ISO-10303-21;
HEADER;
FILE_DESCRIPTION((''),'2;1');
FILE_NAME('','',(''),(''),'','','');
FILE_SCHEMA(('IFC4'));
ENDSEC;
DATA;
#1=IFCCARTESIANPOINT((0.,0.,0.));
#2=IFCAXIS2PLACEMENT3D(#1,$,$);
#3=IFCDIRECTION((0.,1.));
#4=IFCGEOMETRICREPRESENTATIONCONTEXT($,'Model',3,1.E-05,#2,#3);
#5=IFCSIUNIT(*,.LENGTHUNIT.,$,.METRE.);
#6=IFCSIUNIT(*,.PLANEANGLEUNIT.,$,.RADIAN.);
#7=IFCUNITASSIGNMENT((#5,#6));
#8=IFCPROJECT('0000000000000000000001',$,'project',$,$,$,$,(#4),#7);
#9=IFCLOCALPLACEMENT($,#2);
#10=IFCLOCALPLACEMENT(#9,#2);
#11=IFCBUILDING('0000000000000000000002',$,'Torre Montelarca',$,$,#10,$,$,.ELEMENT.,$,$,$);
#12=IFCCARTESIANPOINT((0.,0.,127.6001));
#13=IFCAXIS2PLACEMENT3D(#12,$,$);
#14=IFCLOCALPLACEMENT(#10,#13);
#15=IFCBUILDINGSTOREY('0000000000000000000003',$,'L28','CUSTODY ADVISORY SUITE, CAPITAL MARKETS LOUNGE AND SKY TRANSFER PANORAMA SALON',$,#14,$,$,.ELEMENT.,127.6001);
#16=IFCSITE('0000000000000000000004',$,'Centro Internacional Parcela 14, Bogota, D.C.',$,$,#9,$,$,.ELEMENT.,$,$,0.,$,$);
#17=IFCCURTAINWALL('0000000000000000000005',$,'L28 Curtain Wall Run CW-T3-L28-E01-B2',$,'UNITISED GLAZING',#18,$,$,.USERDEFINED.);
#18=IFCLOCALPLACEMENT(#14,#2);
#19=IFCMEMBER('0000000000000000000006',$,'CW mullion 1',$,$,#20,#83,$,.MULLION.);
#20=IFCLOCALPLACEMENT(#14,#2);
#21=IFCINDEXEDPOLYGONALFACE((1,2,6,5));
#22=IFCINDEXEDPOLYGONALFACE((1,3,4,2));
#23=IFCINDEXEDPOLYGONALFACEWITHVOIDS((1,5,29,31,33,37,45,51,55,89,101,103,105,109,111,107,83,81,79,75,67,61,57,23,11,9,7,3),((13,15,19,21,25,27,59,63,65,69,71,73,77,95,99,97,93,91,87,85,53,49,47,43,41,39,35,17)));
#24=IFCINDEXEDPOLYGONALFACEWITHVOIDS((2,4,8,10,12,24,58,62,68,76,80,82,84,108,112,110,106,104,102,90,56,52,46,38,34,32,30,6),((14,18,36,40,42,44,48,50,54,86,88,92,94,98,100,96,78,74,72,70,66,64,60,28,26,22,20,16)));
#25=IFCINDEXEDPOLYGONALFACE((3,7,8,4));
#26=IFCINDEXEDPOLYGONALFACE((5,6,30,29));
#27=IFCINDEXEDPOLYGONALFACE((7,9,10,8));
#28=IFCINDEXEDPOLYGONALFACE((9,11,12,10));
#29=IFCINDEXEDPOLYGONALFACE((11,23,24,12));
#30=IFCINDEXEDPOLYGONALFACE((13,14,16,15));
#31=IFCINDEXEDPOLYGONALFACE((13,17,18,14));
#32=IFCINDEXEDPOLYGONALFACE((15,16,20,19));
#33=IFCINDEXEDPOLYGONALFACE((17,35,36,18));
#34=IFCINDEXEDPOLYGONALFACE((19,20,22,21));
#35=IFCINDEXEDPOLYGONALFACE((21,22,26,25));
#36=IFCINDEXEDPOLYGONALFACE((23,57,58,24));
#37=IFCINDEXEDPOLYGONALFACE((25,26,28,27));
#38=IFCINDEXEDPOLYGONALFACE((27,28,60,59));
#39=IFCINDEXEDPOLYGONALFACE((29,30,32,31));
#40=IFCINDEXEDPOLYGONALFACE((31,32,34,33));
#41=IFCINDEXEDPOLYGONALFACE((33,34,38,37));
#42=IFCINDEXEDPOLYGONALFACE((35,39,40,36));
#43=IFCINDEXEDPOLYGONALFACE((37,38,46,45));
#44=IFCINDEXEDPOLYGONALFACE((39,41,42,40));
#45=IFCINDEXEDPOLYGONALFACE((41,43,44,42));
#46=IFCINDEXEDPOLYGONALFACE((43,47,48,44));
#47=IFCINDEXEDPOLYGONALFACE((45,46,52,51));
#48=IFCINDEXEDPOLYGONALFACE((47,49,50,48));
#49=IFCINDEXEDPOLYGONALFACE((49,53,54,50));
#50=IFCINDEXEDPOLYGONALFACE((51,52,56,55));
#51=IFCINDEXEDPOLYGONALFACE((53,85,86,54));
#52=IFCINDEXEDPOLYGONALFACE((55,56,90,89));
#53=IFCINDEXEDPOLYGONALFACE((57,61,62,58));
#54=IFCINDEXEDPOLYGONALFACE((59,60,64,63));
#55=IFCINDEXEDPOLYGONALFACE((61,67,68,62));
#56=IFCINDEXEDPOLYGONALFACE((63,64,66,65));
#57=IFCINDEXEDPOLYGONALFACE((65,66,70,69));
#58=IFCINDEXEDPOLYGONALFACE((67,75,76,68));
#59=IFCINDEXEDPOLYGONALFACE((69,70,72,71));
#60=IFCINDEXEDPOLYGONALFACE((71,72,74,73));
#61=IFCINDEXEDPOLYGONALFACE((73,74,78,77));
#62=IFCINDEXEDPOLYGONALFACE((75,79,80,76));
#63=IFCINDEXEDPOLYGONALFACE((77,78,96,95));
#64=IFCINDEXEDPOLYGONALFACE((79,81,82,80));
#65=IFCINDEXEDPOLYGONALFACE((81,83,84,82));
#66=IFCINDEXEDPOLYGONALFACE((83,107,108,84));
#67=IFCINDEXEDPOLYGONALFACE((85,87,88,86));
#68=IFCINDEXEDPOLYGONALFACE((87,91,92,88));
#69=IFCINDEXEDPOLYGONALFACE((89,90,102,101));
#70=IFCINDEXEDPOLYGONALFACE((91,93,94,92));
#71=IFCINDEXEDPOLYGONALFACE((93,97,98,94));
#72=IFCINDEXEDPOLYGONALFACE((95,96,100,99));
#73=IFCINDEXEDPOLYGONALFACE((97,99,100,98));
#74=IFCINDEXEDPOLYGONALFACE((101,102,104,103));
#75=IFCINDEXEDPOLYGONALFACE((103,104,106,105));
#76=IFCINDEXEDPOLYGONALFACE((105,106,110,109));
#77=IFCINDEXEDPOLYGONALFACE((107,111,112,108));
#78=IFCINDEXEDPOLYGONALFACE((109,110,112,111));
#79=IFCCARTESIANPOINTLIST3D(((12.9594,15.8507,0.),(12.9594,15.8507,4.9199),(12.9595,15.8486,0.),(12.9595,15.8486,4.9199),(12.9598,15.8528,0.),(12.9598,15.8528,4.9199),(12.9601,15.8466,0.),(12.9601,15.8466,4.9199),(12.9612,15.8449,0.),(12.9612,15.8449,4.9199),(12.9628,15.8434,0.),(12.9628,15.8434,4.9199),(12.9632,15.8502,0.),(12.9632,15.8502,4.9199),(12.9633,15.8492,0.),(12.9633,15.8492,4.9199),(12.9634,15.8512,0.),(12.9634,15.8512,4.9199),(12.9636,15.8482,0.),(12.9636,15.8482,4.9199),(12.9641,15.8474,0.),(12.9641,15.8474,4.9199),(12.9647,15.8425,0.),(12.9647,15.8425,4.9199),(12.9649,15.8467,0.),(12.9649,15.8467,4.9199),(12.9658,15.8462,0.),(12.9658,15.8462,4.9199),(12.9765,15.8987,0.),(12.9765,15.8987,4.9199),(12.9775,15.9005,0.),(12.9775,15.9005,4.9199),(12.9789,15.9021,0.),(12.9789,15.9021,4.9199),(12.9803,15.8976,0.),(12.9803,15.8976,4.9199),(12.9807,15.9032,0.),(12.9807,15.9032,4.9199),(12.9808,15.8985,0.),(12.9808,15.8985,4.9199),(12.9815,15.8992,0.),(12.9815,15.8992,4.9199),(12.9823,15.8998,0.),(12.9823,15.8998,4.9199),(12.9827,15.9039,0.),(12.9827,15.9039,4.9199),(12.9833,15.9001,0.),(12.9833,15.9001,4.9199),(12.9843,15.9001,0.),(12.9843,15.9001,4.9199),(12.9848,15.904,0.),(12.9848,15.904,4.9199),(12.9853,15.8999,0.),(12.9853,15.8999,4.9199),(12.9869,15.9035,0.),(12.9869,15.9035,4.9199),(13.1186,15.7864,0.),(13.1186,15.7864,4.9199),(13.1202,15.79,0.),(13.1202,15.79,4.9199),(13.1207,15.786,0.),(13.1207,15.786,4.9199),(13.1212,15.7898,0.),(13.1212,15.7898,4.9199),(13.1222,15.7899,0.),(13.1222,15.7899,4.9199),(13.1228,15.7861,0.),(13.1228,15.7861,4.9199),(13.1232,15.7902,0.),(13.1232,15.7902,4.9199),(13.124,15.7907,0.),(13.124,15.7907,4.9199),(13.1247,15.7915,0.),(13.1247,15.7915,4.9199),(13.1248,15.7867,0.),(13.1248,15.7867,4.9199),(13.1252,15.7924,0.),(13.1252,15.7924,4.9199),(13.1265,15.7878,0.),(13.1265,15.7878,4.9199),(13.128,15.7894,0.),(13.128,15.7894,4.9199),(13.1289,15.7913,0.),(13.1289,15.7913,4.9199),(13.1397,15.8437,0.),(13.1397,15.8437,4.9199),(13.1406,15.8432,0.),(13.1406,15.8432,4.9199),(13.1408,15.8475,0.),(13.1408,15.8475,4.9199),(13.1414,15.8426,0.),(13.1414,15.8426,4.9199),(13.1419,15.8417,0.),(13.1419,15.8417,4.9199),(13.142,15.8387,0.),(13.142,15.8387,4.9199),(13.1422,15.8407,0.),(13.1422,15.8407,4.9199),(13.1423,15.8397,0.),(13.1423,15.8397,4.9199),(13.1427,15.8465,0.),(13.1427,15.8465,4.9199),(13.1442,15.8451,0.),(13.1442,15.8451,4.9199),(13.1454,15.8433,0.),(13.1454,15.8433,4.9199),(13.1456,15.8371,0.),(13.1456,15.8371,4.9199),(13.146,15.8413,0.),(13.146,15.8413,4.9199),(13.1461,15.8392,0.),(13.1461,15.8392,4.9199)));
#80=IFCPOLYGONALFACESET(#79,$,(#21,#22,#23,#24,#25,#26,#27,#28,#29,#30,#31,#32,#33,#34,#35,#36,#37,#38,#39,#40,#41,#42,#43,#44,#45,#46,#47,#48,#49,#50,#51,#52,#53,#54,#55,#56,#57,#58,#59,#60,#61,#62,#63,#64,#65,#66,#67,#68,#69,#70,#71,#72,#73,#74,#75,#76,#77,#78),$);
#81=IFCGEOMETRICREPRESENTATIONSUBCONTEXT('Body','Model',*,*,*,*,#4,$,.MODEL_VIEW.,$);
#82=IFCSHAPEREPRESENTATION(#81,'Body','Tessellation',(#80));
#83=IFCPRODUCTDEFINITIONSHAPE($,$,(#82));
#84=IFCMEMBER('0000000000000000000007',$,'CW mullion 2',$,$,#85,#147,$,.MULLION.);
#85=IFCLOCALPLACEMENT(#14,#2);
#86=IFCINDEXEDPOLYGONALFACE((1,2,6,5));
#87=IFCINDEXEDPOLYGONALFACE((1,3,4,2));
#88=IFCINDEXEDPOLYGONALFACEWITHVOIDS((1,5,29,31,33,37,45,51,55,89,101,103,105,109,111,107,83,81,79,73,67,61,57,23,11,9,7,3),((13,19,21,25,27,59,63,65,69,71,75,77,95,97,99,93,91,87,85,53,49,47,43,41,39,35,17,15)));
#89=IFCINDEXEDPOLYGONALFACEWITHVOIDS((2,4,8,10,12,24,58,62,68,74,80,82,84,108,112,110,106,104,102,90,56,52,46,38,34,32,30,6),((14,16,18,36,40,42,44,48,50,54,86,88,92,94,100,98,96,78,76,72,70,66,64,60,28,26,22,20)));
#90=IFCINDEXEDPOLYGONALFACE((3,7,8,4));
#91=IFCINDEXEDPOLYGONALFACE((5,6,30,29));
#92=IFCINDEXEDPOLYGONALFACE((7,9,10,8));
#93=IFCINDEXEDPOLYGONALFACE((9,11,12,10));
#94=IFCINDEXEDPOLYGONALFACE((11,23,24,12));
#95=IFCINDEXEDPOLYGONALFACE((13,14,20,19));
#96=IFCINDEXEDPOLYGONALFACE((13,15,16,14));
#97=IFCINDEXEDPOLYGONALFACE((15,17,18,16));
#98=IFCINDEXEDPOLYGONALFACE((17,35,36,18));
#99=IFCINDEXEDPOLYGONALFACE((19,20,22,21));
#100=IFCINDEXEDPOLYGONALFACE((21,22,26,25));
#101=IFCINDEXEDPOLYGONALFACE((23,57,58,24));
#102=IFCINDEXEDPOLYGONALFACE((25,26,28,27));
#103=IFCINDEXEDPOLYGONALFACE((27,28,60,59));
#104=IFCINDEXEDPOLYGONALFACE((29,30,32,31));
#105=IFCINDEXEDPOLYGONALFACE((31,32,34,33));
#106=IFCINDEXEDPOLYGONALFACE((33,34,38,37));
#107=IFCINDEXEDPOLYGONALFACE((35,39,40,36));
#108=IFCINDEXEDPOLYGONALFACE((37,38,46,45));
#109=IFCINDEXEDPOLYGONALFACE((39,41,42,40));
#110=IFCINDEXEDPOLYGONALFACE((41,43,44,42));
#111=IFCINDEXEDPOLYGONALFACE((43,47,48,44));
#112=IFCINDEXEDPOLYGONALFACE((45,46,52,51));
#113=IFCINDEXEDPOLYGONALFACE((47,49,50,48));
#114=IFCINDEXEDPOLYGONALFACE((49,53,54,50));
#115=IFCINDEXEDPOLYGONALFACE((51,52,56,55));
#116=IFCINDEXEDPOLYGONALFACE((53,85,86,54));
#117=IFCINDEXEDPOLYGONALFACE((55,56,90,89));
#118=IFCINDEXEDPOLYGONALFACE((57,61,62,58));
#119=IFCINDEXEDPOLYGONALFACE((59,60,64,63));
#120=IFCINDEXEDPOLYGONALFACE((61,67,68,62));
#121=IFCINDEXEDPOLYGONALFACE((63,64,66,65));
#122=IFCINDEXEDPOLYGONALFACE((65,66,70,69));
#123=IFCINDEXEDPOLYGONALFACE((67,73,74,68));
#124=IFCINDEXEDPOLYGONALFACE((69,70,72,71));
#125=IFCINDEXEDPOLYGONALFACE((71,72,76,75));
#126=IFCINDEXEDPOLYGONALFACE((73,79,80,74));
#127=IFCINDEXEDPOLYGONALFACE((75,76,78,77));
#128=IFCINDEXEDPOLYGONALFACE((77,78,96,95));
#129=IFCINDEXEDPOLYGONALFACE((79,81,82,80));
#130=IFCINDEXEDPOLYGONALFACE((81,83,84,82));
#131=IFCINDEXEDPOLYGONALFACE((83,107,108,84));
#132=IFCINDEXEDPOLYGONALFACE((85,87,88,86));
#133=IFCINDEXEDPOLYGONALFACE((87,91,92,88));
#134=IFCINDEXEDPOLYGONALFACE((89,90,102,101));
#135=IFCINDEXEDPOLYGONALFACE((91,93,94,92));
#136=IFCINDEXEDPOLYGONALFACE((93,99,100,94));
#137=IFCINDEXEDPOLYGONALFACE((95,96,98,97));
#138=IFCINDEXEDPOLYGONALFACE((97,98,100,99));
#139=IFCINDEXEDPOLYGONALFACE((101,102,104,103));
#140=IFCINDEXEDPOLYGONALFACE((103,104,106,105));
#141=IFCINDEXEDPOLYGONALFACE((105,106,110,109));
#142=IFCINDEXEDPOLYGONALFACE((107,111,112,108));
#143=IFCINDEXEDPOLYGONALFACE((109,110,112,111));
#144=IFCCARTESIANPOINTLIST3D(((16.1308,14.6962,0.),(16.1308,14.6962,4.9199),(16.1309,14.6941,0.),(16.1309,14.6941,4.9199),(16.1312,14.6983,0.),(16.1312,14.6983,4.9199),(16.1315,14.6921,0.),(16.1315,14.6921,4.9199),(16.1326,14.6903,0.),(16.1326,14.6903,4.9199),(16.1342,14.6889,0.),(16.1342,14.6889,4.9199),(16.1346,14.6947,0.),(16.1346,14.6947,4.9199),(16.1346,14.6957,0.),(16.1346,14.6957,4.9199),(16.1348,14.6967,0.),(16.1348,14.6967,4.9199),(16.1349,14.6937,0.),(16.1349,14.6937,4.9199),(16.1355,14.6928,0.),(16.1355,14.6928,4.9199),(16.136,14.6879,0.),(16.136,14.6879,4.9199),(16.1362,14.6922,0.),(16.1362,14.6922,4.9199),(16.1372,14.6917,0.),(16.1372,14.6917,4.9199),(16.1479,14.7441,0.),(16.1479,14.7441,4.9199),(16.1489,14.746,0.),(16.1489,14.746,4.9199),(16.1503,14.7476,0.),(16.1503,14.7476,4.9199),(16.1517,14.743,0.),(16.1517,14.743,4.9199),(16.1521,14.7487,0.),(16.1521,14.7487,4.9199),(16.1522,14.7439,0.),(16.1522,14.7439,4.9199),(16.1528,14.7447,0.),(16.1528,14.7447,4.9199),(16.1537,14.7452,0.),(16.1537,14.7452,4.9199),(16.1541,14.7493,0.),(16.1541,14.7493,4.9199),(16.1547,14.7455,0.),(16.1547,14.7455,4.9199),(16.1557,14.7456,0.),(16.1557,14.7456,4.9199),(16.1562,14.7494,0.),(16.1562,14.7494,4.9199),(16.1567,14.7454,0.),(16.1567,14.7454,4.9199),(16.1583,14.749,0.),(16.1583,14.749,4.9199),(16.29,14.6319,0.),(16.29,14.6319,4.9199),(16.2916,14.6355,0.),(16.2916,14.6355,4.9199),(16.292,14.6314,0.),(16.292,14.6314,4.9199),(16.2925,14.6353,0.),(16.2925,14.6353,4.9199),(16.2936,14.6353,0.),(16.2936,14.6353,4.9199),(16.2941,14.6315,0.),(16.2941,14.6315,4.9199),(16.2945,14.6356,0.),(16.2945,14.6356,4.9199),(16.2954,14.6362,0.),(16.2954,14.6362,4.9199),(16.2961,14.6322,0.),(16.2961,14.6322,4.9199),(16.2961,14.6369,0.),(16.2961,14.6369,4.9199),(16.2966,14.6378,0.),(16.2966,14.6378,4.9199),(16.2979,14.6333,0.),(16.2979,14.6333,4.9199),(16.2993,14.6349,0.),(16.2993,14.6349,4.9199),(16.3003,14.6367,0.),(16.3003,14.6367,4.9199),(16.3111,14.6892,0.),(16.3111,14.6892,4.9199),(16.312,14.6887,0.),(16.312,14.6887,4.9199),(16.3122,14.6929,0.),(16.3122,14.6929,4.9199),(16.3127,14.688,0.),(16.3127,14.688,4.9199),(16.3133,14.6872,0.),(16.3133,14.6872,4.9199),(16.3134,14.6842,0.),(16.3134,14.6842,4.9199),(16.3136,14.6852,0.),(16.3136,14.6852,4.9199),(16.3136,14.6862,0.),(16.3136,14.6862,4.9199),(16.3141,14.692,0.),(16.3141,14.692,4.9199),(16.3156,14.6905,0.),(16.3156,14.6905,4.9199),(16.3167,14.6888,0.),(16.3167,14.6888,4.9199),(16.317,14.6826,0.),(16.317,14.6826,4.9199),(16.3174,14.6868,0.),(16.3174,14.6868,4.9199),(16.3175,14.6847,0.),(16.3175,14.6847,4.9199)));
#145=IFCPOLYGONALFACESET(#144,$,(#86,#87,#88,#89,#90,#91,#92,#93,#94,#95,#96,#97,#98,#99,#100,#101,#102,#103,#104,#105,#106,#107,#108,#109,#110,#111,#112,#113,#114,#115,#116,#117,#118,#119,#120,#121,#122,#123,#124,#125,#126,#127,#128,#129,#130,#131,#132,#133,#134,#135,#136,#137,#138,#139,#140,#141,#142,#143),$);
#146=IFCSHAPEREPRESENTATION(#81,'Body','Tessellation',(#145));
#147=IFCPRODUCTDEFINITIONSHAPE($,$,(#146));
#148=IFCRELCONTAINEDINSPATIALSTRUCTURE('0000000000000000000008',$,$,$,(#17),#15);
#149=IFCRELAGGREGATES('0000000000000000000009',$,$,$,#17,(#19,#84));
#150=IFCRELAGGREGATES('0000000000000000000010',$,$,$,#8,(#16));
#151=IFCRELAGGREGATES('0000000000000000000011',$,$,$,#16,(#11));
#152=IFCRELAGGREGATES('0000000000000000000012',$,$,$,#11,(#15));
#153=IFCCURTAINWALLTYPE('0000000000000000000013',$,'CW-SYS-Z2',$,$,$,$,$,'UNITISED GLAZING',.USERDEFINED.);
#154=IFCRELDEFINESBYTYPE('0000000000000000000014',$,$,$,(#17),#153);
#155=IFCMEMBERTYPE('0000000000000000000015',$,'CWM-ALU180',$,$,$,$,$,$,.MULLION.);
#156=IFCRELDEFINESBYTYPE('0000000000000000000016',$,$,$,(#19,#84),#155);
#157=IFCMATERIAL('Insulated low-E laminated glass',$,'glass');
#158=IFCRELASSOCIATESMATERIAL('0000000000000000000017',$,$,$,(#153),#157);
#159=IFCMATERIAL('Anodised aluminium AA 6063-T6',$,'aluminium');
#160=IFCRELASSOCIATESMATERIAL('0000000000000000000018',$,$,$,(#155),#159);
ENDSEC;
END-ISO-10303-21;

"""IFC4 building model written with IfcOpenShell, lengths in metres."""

from ifc_helpers import new_model, si_unit, direction, frame, origin, origin_2d, place, context, subcontext, project, spatial, hollow_rectangle, extrude, source, transform, mapped, material, material_profile, profile_set, type_object, element, aggregate, save


model = new_model("IFC4")

# Units and contexts
model_context = context("Model", 3, precision=1e-05, world=origin(), true_north=direction((0.0, 1.0)))
body_context = subcontext(model_context, "Body", "Model", "MODEL_VIEW")
ifc_project = project(units=[si_unit("LENGTHUNIT", "METRE"), si_unit("PLANEANGLEUNIT", "RADIAN")], contexts=[model_context])

# Site, building, storey
site_placement = place(None, origin())
site = spatial("IfcSite", under=ifc_project, at=site_placement, Name="Centro Internacional Parcela 14, Bogota, D.C.", CompositionType="ELEMENT", RefElevation=0.0)
building_placement = place(site_placement, origin())
building = spatial("IfcBuilding", under=site, at=building_placement, Name="Torre Montelarca", CompositionType="ELEMENT")
storey_placement = place(building_placement, frame((0.0, 0.0, 127.6001)))
storey = spatial("IfcBuildingStorey", under=building, at=storey_placement, Name="L28", Description="CUSTODY ADVISORY SUITE, CAPITAL MARKETS LOUNGE AND SKY TRANSFER PANORAMA SALON", CompositionType="ELEMENT", Elevation=127.6001)

# Curtain wall, members
ifc_material_1 = material(Name="Insulated low-E laminated glass", Category="glass")
curtain_wall_type = type_object("IfcCurtainWallType", Name="CW-SYS-Z2", ElementType="UNITISED GLAZING", PredefinedType="USERDEFINED", material=ifc_material_1)
ifc_material_2 = material(Name="Anodised aluminium AA 6063-T6", Category="aluminium")
ifc_material_profile_1 = material_profile(ifc_material_2, hollow_rectangle(XDim=0.0649, YDim=0.1799, WallThickness=0.0039, InnerFilletRadius=0.0039, OuterFilletRadius=0.0081, at=origin_2d()), Name="ALU65X180X4", Category="aluminium")
ifc_profile_set_1 = profile_set([ifc_material_profile_1], Name="Anodised aluminium AA 6063-T6")
member_type_1 = type_object("IfcMemberType", Name="CWM-ALU180", PredefinedType="MULLION", material=ifc_profile_set_1)
shared_shape_1 = source(origin(), body_context, "Body", "SweptSolid", [
    extrude(hollow_rectangle(XDim=0.0649, YDim=0.1799, WallThickness=0.0039, InnerFilletRadius=0.0039, OuterFilletRadius=0.0081, at=origin_2d()), origin(), (0.0, 0.0, 1.0), 4.9199),
])
curtain_wall_1_placement = place(storey_placement, origin())
curtain_wall_1 = element("IfcCurtainWall", 1, at=curtain_wall_1_placement, inside=storey, type_object=curtain_wall_type, Name="L28 Curtain Wall Run CW-T3-L28-E01-B2", ObjectType="UNITISED GLAZING", PredefinedType="USERDEFINED")
member_1_placement = place(storey_placement, frame((13.0527, 15.845, 0.0), z_axis=(0.0, 0.0, 1.0), x_axis=(0.34202, 0.939693, 0.0)))
member_1 = element("IfcMember", 2, at=member_1_placement, type_object=member_type_1, Name="CW mullion 1", PredefinedType="MULLION", context=body_context, shape_type="MappedRepresentation", body=[
    mapped(shared_shape_1, transform((0.0, 0.0, 0.0), scale=1.0)),
])
member_2_placement = place(storey_placement, frame((16.2241, 14.6904, 0.0), z_axis=(0.0, 0.0, 1.0), x_axis=(0.34202, 0.939693, 0.0)))
member_2 = element("IfcMember", 3, at=member_2_placement, type_object=member_type_1, Name="CW mullion 2", PredefinedType="MULLION", context=body_context, shape_type="MappedRepresentation", body=[
    mapped(shared_shape_1, transform((0.0, 0.0, 0.0), scale=1.0)),
])

aggregate(curtain_wall_1, [member_1, member_2])

save(model, "model.ifc")
